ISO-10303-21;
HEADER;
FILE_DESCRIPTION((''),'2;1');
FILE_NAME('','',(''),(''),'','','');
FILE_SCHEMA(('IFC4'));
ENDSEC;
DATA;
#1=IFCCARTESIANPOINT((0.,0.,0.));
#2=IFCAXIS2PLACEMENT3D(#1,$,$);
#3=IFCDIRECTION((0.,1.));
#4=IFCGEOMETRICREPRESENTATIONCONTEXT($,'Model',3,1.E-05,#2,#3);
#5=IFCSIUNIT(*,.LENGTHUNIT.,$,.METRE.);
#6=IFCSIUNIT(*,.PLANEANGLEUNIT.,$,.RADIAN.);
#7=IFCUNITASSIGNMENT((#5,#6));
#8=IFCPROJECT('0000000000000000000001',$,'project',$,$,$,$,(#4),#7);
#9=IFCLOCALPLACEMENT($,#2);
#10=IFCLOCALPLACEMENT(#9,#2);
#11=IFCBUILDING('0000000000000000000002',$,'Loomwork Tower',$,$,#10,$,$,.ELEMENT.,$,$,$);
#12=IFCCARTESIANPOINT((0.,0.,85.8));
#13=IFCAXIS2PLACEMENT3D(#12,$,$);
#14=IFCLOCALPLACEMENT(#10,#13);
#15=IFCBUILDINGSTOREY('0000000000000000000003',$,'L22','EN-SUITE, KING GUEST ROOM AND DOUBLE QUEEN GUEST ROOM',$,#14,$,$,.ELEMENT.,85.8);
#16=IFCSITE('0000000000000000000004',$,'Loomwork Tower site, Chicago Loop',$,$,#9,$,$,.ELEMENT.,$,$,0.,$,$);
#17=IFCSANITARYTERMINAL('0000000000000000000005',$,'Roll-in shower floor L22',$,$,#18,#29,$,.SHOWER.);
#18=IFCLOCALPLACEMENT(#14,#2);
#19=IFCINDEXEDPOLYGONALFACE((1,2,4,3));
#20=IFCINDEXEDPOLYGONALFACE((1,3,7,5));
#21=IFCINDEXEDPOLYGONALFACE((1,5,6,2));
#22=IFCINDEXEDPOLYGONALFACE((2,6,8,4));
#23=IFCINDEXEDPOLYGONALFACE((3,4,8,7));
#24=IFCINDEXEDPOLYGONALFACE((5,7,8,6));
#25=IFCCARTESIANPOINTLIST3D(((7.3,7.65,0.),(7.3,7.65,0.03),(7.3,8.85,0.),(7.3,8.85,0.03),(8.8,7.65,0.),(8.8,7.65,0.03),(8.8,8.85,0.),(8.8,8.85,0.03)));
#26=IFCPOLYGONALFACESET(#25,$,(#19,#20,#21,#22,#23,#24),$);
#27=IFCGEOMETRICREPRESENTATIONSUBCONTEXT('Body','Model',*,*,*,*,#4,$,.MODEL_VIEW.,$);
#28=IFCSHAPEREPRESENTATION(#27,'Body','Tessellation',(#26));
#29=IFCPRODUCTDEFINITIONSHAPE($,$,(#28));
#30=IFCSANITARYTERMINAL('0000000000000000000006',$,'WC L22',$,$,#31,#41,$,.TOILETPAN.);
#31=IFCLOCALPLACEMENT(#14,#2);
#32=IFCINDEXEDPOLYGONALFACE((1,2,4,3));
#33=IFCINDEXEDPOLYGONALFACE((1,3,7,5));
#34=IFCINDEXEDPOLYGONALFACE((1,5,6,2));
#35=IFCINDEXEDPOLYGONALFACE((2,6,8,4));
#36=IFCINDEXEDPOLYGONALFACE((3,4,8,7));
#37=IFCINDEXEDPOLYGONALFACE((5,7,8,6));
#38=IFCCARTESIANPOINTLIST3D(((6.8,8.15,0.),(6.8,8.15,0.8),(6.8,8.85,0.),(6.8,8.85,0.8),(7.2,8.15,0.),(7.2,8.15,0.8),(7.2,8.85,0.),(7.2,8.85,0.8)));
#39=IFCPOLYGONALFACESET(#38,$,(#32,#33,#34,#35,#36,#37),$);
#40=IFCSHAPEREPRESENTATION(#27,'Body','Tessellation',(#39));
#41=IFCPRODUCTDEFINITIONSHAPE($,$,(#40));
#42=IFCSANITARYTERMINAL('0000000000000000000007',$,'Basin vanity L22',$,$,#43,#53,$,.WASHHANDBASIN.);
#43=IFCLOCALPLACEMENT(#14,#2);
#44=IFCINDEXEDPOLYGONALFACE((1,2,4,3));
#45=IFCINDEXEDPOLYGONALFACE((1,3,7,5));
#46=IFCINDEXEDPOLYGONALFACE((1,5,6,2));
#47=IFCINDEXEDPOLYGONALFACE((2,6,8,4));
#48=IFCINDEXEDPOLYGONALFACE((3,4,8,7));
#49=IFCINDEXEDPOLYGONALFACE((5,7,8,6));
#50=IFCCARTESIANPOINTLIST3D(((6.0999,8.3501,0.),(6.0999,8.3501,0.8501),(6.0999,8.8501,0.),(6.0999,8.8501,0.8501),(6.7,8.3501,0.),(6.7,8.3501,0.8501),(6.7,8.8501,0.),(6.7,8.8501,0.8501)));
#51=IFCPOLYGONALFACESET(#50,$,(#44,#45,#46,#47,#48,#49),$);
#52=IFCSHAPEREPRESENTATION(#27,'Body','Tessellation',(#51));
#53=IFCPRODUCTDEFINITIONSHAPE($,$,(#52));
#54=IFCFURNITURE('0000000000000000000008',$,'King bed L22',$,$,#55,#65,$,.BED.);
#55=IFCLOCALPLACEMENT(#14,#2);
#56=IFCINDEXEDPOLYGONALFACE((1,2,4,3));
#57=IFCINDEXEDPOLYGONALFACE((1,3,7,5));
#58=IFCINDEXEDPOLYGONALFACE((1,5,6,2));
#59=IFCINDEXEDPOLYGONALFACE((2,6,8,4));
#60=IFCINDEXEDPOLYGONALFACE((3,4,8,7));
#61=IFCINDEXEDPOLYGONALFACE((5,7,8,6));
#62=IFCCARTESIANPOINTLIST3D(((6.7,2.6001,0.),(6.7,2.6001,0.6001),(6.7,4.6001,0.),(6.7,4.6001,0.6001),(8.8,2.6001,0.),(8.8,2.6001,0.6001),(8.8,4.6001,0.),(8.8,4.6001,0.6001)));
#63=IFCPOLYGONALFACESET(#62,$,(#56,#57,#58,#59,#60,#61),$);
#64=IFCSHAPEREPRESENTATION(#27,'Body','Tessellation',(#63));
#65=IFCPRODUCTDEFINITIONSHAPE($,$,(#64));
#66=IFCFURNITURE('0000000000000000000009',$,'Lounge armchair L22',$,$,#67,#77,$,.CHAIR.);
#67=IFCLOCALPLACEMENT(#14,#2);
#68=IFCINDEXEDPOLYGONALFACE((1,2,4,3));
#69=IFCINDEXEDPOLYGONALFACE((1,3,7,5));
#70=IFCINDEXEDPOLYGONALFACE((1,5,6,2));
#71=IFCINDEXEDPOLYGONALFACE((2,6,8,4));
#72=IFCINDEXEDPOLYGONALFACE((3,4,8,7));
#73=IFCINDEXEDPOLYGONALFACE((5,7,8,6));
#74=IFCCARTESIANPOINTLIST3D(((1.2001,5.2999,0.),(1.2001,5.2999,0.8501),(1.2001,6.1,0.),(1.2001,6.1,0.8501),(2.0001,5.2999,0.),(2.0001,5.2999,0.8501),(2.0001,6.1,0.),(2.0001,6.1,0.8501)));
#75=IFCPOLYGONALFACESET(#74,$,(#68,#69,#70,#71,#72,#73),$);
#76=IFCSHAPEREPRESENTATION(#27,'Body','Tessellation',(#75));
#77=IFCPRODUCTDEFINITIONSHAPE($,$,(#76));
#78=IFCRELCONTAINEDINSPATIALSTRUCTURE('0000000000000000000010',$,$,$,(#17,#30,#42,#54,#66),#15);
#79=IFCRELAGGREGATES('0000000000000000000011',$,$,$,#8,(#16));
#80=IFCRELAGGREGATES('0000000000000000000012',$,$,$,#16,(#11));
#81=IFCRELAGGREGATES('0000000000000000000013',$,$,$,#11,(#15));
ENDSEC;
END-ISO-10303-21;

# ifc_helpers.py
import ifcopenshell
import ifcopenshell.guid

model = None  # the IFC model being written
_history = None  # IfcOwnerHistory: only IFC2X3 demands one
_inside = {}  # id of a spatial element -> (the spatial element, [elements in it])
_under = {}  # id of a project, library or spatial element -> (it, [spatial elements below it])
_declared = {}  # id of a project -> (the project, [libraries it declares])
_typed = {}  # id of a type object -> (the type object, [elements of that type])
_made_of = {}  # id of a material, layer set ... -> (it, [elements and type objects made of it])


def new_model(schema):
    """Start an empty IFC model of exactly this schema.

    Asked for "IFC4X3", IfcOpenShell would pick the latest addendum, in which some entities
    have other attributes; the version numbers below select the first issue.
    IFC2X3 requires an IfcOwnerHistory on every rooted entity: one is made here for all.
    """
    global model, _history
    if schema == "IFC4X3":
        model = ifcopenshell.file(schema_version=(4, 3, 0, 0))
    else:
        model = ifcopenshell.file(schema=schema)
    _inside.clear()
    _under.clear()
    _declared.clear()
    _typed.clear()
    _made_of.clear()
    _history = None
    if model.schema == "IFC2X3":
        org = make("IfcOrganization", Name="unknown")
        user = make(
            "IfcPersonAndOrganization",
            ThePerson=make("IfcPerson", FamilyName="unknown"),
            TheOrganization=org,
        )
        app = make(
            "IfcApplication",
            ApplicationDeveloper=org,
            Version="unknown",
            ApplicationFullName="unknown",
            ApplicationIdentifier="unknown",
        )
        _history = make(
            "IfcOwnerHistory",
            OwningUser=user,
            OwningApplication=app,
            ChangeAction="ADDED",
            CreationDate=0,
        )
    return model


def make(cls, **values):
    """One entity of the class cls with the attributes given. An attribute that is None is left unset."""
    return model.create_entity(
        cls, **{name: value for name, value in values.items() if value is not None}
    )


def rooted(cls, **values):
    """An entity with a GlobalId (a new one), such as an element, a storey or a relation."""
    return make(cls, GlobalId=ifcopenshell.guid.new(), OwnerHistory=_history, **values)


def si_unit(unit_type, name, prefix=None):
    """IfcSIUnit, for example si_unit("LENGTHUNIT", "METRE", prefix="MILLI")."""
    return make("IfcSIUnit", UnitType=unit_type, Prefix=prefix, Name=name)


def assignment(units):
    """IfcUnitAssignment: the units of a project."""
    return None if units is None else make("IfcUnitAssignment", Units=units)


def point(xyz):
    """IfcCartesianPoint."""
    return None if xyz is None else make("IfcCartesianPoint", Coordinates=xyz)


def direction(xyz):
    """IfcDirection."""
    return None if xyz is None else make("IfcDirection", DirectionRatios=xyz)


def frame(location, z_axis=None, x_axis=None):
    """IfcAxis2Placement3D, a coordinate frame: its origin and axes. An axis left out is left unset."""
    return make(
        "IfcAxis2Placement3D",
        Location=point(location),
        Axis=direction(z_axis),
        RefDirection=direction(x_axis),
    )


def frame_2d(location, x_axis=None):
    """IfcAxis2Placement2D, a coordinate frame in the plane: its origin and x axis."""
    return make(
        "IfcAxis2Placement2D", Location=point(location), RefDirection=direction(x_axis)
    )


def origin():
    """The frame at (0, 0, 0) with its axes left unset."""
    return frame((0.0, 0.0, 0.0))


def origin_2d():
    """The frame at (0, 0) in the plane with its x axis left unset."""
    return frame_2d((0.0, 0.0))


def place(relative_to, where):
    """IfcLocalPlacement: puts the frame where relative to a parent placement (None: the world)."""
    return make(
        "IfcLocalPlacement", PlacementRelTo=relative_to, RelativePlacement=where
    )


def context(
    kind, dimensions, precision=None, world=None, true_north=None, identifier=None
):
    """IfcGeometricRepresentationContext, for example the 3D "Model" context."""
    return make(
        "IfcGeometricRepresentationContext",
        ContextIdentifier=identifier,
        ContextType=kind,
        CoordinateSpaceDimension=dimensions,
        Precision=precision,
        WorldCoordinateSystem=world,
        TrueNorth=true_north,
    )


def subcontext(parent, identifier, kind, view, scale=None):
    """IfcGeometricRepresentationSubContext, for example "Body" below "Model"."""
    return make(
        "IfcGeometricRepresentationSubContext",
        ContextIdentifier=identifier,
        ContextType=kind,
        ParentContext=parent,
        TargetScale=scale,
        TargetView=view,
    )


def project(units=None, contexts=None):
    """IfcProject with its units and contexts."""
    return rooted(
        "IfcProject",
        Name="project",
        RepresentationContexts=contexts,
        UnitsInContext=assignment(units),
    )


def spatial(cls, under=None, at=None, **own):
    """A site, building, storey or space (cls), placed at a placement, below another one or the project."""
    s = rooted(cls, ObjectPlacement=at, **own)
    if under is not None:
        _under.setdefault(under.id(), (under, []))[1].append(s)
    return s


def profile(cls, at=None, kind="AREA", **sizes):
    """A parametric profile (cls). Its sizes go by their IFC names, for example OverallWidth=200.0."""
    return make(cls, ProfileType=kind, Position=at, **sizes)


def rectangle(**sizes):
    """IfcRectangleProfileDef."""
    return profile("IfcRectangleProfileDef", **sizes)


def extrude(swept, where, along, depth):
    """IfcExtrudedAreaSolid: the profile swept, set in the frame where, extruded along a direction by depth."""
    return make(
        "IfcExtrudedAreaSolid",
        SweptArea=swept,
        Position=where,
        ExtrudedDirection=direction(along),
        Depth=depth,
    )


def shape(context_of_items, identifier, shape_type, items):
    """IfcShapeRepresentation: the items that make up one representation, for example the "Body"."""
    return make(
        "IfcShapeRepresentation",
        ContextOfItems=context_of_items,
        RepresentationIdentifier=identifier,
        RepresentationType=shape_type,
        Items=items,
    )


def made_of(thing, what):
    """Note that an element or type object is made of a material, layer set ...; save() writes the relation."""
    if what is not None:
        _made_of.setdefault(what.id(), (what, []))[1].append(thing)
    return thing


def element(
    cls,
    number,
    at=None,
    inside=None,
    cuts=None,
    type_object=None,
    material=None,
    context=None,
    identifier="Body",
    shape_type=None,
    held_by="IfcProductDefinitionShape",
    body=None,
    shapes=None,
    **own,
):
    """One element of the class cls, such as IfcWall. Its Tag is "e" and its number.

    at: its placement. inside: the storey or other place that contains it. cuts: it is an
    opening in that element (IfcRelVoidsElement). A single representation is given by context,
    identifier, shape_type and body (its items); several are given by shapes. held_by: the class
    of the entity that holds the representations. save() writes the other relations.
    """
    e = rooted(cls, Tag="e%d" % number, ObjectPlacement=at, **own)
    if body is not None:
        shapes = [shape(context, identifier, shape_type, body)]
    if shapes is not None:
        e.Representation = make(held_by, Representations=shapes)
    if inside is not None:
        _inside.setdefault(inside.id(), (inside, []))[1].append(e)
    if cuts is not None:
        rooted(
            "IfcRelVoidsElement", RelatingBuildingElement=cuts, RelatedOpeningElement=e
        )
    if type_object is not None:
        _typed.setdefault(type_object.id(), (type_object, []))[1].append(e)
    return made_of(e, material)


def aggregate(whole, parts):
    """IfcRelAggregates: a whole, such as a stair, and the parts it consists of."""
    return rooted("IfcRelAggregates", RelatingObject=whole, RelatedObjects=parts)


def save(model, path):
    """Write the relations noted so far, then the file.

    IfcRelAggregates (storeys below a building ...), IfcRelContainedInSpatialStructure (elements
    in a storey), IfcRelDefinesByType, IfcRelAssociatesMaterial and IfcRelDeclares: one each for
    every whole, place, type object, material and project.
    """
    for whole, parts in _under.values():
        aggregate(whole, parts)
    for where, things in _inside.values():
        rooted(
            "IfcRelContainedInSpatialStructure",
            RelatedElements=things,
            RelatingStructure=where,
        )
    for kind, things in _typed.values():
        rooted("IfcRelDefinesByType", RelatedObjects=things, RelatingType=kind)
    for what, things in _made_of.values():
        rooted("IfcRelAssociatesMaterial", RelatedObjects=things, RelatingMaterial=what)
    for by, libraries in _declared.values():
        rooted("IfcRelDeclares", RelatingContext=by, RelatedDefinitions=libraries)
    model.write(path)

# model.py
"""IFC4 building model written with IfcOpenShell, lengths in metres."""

from ifc_helpers import new_model, si_unit, direction, frame, origin, origin_2d, place, context, subcontext, project, spatial, rectangle, extrude, element, save


model = new_model("IFC4")

# Units and contexts
model_context = context("Model", 3, precision=1e-05, world=origin(), true_north=direction((0.0, 1.0)))
body_context = subcontext(model_context, "Body", "Model", "MODEL_VIEW")
ifc_project = project(units=[si_unit("LENGTHUNIT", "METRE"), si_unit("PLANEANGLEUNIT", "RADIAN")], contexts=[model_context])

# Site, building, storey
site_placement = place(None, origin())
site = spatial("IfcSite", under=ifc_project, at=site_placement, Name="Loomwork Tower site, Chicago Loop", CompositionType="ELEMENT", RefElevation=0.0)
building_placement = place(site_placement, origin())
building = spatial("IfcBuilding", under=site, at=building_placement, Name="Loomwork Tower", CompositionType="ELEMENT")
storey_placement = place(building_placement, frame((0.0, 0.0, 85.8)))
storey = spatial("IfcBuildingStorey", under=building, at=storey_placement, Name="L22", Description="EN-SUITE, KING GUEST ROOM AND DOUBLE QUEEN GUEST ROOM", CompositionType="ELEMENT", Elevation=85.8)

# Sanitary terminals
sanitary_terminal_1_placement = place(storey_placement, frame((8.05, 8.25, 0.0), z_axis=(0.0, 0.0, 1.0), x_axis=(1.0, 0.0, 0.0)))
element("IfcSanitaryTerminal", 1, at=sanitary_terminal_1_placement, inside=storey, Name="Roll-in shower floor L22", PredefinedType="SHOWER", context=body_context, shape_type="SweptSolid", body=[
    extrude(rectangle(XDim=1.5, YDim=1.2, at=origin_2d()), origin(), (0.0, 0.0, 1.0), 0.03),
])
sanitary_terminal_2_placement = place(storey_placement, frame((7.0, 8.5, 0.0), z_axis=(0.0, 0.0, 1.0), x_axis=(1.0, 0.0, 0.0)))
element("IfcSanitaryTerminal", 2, at=sanitary_terminal_2_placement, inside=storey, Name="WC L22", PredefinedType="TOILETPAN", context=body_context, shape_type="SweptSolid", body=[
    extrude(rectangle(XDim=0.3999, YDim=0.7, at=origin_2d()), origin(), (0.0, 0.0, 1.0), 0.8),
])
sanitary_terminal_3_placement = place(storey_placement, frame((6.3999, 8.6001, 0.0), z_axis=(0.0, 0.0, 1.0), x_axis=(1.0, 0.0, 0.0)))
element("IfcSanitaryTerminal", 3, at=sanitary_terminal_3_placement, inside=storey, Name="Basin vanity L22", PredefinedType="WASHHANDBASIN", context=body_context, shape_type="SweptSolid", body=[
    extrude(rectangle(XDim=0.6001, YDim=0.5, at=origin_2d()), origin(), (0.0, 0.0, 1.0), 0.8501),
])

# Furniture
furniture_1_placement = place(storey_placement, frame((7.75, 3.6001, 0.0), z_axis=(0.0, 0.0, 1.0), x_axis=(1.0, 0.0, 0.0)))
element("IfcFurniture", 4, at=furniture_1_placement, inside=storey, Name="King bed L22", PredefinedType="BED", context=body_context, shape_type="SweptSolid", body=[
    extrude(rectangle(XDim=2.1001, YDim=2.0, at=origin_2d()), origin(), (0.0, 0.0, 1.0), 0.6001),
])
furniture_2_placement = place(storey_placement, frame((1.6001, 5.7, 0.0), z_axis=(0.0, 0.0, 1.0), x_axis=(1.0, 0.0, 0.0)))
element("IfcFurniture", 5, at=furniture_2_placement, inside=storey, Name="Lounge armchair L22", PredefinedType="CHAIR", context=body_context, shape_type="SweptSolid", body=[
    extrude(rectangle(XDim=0.8, YDim=0.8, at=origin_2d()), origin(), (0.0, 0.0, 1.0), 0.8501),
])

save(model, "model.ifc")
